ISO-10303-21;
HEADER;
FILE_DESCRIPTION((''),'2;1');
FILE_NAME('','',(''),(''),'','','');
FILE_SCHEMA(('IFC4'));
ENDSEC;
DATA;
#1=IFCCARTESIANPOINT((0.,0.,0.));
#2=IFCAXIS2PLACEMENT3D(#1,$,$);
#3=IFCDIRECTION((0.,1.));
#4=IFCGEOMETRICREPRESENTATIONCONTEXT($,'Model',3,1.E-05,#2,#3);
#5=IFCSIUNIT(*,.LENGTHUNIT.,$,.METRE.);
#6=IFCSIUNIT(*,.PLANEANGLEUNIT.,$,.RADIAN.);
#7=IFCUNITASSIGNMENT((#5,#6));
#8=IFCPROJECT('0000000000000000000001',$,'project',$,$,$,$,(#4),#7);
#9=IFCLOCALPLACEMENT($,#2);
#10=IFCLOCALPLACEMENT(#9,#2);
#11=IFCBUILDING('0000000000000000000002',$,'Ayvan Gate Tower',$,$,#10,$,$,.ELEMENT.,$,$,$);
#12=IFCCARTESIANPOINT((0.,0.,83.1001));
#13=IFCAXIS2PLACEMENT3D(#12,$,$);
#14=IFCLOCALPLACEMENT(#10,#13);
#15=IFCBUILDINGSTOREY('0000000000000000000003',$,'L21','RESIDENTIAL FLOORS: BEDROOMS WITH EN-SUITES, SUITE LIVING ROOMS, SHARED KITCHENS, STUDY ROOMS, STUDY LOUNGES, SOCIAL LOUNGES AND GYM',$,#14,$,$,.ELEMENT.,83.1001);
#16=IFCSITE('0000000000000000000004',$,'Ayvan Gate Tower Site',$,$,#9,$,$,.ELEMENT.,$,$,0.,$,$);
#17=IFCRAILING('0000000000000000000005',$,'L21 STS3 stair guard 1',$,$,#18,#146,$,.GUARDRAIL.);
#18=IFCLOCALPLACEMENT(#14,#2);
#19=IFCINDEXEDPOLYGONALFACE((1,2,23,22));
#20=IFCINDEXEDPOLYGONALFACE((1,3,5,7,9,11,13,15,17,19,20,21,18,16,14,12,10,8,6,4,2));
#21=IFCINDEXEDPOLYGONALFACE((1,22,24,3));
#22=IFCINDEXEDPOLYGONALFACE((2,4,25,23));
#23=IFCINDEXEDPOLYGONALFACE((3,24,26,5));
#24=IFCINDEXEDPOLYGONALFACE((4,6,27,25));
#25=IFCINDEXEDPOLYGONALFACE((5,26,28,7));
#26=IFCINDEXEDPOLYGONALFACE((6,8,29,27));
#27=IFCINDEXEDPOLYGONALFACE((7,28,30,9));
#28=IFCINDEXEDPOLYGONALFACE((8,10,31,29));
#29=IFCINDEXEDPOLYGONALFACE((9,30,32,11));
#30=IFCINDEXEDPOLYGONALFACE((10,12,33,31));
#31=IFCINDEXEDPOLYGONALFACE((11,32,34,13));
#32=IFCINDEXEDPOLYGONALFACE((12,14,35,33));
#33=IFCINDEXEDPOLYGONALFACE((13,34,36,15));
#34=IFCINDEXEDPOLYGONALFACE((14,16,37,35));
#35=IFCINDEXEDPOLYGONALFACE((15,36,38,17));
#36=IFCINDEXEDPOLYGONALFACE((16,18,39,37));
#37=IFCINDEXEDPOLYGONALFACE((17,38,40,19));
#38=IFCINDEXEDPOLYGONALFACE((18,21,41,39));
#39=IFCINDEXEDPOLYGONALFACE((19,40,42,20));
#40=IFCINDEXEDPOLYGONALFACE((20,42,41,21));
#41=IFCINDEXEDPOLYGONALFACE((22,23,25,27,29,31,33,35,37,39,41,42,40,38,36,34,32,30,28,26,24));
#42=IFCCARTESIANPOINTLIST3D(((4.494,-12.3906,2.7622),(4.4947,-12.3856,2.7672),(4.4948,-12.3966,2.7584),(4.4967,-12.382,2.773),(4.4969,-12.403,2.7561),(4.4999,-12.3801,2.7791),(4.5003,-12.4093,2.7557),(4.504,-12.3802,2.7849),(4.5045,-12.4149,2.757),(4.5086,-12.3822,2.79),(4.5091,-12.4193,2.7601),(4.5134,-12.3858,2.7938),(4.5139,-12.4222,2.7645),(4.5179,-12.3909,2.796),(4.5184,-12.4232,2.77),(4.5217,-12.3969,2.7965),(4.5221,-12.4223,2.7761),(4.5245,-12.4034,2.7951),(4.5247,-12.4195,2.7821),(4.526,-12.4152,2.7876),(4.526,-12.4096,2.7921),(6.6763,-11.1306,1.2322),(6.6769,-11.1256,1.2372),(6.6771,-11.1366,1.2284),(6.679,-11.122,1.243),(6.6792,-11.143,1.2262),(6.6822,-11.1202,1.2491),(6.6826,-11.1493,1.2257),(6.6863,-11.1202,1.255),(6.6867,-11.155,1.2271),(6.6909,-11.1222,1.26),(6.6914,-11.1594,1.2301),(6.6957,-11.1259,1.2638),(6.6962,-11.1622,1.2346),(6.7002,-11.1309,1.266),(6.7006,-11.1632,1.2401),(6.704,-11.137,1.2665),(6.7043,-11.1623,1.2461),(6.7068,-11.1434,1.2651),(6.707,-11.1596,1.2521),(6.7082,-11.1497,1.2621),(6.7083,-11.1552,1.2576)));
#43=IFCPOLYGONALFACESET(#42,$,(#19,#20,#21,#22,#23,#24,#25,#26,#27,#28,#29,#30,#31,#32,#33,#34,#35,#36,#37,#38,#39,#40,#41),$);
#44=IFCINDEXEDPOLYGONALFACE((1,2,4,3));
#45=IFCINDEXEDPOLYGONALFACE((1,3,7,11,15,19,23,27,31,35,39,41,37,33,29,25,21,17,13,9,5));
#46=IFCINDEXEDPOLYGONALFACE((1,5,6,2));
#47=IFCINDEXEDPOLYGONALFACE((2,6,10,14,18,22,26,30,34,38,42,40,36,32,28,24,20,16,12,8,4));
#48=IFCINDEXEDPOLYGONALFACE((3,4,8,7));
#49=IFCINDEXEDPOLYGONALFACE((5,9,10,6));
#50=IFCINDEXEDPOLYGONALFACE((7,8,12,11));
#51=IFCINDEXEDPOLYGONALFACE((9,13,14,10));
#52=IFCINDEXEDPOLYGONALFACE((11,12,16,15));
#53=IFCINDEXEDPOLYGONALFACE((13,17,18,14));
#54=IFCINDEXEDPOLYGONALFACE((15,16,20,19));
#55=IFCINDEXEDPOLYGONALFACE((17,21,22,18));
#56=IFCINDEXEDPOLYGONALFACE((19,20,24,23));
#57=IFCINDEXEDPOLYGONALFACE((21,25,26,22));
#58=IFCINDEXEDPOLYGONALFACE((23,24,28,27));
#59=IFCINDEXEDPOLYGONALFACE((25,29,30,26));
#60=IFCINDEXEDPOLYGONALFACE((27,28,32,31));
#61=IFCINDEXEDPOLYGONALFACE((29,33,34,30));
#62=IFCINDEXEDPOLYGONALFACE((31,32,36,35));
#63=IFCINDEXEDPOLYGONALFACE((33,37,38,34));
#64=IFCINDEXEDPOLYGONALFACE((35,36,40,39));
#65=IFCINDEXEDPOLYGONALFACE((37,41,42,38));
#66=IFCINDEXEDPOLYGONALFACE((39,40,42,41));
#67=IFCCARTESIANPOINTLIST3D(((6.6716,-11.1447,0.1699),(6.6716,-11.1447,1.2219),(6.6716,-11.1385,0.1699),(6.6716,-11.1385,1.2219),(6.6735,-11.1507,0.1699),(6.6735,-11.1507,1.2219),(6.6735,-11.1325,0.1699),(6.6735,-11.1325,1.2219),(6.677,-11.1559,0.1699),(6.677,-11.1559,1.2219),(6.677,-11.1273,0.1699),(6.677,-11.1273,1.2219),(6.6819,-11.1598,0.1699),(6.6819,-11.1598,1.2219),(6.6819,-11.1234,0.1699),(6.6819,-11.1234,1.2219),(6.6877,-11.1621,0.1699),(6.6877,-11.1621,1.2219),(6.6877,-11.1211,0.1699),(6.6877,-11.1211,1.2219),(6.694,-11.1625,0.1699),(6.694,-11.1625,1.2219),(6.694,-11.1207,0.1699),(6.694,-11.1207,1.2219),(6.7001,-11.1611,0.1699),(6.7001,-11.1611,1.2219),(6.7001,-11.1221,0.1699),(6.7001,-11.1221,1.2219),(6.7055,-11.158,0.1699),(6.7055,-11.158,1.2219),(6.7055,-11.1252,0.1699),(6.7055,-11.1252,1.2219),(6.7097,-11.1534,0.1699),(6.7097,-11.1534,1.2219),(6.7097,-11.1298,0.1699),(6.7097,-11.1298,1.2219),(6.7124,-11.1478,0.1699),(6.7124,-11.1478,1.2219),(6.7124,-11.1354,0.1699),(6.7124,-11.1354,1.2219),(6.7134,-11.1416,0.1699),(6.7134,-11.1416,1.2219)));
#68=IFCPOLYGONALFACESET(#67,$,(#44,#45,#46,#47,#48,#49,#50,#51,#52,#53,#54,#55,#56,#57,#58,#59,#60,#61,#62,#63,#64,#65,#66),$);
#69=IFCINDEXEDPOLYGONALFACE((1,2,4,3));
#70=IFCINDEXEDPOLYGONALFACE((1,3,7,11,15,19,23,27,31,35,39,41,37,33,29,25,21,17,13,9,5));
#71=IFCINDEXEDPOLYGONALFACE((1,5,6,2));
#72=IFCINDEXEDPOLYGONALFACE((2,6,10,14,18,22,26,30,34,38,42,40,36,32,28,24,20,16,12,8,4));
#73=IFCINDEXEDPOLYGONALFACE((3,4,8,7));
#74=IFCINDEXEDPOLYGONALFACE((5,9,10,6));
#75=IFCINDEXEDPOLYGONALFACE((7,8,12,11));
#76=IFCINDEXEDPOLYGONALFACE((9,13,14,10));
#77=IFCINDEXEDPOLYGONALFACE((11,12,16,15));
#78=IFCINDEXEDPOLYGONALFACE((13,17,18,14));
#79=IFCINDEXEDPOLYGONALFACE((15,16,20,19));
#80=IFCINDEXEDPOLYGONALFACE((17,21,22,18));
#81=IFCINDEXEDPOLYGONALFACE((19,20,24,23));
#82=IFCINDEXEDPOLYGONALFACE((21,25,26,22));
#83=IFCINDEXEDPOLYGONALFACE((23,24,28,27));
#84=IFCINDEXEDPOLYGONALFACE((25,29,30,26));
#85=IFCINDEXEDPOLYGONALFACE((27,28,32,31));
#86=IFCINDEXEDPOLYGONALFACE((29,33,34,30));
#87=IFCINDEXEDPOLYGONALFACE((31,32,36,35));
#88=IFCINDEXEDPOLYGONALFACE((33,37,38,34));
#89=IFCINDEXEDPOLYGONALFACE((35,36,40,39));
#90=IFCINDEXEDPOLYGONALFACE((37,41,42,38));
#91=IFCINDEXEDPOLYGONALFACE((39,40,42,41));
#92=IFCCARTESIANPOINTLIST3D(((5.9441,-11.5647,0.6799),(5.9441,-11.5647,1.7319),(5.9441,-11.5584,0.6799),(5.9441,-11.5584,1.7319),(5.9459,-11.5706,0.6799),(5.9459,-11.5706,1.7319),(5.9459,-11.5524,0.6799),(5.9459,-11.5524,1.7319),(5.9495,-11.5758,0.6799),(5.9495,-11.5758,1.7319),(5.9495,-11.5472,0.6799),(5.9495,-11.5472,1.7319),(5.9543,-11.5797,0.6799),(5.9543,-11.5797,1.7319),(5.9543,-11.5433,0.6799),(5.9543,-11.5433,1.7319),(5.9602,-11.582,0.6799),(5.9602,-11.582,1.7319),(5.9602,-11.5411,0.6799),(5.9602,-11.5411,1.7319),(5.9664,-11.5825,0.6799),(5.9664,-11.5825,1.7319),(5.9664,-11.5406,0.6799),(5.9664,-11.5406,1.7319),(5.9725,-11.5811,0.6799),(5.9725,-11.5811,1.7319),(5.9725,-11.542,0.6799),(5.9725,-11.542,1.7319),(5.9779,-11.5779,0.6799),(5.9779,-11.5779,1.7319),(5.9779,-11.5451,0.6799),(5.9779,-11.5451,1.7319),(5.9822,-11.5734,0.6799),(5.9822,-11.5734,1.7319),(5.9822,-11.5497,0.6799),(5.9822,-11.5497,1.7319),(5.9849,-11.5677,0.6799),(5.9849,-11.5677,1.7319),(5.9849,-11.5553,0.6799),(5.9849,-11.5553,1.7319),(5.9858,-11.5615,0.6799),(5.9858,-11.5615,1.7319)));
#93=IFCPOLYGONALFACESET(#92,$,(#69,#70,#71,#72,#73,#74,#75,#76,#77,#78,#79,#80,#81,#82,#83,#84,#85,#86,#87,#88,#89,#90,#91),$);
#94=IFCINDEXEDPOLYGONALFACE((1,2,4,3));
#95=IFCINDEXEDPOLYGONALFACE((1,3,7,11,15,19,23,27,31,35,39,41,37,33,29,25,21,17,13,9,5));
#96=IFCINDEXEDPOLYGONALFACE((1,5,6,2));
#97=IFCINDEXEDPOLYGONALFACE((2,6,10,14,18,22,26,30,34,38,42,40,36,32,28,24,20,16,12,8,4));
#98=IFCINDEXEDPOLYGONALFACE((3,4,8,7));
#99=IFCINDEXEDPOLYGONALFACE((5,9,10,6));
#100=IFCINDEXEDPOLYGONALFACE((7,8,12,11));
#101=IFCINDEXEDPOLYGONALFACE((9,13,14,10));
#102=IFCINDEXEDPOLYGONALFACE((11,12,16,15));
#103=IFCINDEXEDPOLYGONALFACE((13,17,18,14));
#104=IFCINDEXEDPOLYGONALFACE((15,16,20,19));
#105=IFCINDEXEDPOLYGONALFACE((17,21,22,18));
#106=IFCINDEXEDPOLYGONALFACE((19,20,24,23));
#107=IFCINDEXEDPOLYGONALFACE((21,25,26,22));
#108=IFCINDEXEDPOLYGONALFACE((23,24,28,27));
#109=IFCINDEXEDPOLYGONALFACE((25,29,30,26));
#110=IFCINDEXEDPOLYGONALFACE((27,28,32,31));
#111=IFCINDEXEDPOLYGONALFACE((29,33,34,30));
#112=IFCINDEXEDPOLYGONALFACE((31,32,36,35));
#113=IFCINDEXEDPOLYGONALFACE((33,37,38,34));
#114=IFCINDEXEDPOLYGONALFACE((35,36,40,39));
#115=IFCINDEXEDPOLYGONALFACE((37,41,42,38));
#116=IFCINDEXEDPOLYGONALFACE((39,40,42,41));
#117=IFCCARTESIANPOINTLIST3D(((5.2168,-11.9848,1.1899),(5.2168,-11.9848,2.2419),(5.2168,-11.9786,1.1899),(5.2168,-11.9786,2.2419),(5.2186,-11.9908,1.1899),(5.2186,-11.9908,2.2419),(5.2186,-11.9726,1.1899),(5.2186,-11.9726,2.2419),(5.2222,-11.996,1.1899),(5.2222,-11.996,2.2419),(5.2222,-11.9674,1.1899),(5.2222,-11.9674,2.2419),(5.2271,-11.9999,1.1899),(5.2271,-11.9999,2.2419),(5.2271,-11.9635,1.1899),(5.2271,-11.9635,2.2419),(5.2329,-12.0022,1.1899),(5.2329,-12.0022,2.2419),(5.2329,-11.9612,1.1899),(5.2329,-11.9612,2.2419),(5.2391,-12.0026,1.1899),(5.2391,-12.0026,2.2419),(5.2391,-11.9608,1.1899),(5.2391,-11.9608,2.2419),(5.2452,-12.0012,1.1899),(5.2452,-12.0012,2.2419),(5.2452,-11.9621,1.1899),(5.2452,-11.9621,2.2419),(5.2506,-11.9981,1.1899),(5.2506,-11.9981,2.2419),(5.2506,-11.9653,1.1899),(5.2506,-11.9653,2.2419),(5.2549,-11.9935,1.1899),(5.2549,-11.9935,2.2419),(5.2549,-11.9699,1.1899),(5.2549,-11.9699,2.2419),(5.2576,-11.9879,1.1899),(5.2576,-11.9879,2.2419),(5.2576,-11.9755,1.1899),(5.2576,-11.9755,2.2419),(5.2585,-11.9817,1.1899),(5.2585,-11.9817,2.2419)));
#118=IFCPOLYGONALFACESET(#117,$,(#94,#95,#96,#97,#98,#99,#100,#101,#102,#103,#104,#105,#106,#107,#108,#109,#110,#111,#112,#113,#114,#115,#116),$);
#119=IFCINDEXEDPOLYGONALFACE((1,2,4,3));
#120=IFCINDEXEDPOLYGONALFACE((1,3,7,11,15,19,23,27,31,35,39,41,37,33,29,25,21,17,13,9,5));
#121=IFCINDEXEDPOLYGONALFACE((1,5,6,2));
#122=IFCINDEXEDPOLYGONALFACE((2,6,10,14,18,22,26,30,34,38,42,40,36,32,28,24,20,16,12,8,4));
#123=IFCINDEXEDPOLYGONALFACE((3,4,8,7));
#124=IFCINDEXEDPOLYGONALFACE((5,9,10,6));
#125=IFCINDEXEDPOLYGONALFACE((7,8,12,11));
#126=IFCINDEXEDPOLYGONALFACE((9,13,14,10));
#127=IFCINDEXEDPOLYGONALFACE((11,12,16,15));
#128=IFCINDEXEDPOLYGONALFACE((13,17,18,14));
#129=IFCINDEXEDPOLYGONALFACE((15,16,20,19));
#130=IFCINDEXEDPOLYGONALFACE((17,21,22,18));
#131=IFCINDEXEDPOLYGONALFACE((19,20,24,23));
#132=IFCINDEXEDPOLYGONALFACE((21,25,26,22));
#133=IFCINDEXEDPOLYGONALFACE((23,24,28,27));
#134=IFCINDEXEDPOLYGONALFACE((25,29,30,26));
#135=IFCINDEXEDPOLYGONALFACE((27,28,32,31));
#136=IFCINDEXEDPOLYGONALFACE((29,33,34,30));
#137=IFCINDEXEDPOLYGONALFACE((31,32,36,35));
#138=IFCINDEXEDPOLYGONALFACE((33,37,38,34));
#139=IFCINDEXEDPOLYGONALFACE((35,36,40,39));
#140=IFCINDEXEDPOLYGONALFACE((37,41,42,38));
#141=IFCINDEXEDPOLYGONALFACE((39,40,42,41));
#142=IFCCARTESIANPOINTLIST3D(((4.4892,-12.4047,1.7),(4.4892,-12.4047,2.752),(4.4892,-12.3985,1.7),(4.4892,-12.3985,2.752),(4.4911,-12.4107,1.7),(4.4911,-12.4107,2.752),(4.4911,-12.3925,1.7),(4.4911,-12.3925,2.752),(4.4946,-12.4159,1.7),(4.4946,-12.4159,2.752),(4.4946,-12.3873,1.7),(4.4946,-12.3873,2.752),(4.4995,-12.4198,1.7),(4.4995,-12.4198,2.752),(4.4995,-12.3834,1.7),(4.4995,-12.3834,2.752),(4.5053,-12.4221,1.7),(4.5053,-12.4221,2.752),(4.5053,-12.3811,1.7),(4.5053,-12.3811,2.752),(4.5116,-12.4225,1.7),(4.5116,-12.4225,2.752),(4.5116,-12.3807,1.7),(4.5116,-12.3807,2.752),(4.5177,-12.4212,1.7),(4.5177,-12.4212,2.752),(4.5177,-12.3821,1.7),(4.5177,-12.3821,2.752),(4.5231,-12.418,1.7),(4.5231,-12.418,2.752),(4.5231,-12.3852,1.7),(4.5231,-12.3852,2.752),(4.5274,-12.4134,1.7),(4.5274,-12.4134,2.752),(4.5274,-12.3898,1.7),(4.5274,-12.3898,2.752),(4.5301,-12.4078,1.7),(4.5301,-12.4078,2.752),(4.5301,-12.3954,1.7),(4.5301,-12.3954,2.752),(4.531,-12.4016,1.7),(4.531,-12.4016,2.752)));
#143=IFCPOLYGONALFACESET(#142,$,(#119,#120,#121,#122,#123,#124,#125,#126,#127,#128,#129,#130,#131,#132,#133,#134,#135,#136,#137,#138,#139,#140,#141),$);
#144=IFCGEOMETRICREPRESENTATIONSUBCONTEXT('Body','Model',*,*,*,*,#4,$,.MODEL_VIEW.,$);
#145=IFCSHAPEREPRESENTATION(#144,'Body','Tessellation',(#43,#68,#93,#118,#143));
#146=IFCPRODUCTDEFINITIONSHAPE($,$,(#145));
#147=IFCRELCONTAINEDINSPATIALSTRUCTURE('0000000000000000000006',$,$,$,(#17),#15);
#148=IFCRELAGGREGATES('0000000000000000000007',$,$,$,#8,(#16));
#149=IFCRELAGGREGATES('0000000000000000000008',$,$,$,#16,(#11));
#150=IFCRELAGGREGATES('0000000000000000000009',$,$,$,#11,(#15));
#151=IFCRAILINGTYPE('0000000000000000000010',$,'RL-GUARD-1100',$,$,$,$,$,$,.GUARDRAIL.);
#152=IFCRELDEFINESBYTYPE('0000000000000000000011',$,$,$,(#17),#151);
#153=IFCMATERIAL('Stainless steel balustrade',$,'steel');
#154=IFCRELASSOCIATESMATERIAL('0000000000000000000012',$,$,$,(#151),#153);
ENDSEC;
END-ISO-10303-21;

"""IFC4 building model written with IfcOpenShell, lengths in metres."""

from ifc_helpers import new_model, si_unit, direction, frame, origin, origin_2d, place, context, subcontext, project, spatial, circle, extrude, material, type_object, element, save


model = new_model("IFC4")

# Units and contexts
model_context = context("Model", 3, precision=1e-05, world=origin(), true_north=direction((0.0, 1.0)))
body_context = subcontext(model_context, "Body", "Model", "MODEL_VIEW")
ifc_project = project(units=[si_unit("LENGTHUNIT", "METRE"), si_unit("PLANEANGLEUNIT", "RADIAN")], contexts=[model_context])

# Site, building, storey
site_placement = place(None, origin())
site = spatial("IfcSite", under=ifc_project, at=site_placement, Name="Ayvan Gate Tower Site", CompositionType="ELEMENT", RefElevation=0.0)
building_placement = place(site_placement, origin())
building = spatial("IfcBuilding", under=site, at=building_placement, Name="Ayvan Gate Tower", CompositionType="ELEMENT")
storey_placement = place(building_placement, frame((0.0, 0.0, 83.1001)))
storey = spatial("IfcBuildingStorey", under=building, at=storey_placement, Name="L21", Description="RESIDENTIAL FLOORS: BEDROOMS WITH EN-SUITES, SUITE LIVING ROOMS, SHARED KITCHENS, STUDY ROOMS, STUDY LOUNGES, SOCIAL LOUNGES AND GYM", CompositionType="ELEMENT", Elevation=83.1001)

# Railing
ifc_material_1 = material(Name="Stainless steel balustrade", Category="steel")
railing_type_1 = type_object("IfcRailingType", Name="RL-GUARD-1100", PredefinedType="GUARDRAIL", material=ifc_material_1)
railing_1_placement = place(storey_placement, frame((6.6924, -11.1416, 0.1699)))
element("IfcRailing", 1, at=railing_1_placement, inside=storey, type_object=railing_type_1, Name="L21 STS3 stair guard 1", PredefinedType="GUARDRAIL", context=body_context, shape_type="SweptSolid", body=[
    extrude(circle(Radius=0.0239, at=origin_2d()), frame((0.0, 0.0, 1.0762), z_axis=(-0.740261, -0.427395, 0.518986), x_axis=(0.500005, -0.866023, 0.0)), (0.0, 0.0, 1.0), 2.948),
    extrude(circle(Radius=0.021, at=origin_2d()), origin(), (0.0, 0.0, 1.0), 1.052),
    extrude(circle(Radius=0.021, at=origin_2d()), frame((-0.7275, -0.4199, 0.51)), (0.0, 0.0, 1.0), 1.052),
    extrude(circle(Radius=0.021, at=origin_2d()), frame((-1.4548, -0.8401, 1.02)), (0.0, 0.0, 1.0), 1.052),
    extrude(circle(Radius=0.021, at=origin_2d()), frame((-2.1824, -1.26, 1.53)), (0.0, 0.0, 1.0), 1.052),
])

save(model, "model.ifc")
